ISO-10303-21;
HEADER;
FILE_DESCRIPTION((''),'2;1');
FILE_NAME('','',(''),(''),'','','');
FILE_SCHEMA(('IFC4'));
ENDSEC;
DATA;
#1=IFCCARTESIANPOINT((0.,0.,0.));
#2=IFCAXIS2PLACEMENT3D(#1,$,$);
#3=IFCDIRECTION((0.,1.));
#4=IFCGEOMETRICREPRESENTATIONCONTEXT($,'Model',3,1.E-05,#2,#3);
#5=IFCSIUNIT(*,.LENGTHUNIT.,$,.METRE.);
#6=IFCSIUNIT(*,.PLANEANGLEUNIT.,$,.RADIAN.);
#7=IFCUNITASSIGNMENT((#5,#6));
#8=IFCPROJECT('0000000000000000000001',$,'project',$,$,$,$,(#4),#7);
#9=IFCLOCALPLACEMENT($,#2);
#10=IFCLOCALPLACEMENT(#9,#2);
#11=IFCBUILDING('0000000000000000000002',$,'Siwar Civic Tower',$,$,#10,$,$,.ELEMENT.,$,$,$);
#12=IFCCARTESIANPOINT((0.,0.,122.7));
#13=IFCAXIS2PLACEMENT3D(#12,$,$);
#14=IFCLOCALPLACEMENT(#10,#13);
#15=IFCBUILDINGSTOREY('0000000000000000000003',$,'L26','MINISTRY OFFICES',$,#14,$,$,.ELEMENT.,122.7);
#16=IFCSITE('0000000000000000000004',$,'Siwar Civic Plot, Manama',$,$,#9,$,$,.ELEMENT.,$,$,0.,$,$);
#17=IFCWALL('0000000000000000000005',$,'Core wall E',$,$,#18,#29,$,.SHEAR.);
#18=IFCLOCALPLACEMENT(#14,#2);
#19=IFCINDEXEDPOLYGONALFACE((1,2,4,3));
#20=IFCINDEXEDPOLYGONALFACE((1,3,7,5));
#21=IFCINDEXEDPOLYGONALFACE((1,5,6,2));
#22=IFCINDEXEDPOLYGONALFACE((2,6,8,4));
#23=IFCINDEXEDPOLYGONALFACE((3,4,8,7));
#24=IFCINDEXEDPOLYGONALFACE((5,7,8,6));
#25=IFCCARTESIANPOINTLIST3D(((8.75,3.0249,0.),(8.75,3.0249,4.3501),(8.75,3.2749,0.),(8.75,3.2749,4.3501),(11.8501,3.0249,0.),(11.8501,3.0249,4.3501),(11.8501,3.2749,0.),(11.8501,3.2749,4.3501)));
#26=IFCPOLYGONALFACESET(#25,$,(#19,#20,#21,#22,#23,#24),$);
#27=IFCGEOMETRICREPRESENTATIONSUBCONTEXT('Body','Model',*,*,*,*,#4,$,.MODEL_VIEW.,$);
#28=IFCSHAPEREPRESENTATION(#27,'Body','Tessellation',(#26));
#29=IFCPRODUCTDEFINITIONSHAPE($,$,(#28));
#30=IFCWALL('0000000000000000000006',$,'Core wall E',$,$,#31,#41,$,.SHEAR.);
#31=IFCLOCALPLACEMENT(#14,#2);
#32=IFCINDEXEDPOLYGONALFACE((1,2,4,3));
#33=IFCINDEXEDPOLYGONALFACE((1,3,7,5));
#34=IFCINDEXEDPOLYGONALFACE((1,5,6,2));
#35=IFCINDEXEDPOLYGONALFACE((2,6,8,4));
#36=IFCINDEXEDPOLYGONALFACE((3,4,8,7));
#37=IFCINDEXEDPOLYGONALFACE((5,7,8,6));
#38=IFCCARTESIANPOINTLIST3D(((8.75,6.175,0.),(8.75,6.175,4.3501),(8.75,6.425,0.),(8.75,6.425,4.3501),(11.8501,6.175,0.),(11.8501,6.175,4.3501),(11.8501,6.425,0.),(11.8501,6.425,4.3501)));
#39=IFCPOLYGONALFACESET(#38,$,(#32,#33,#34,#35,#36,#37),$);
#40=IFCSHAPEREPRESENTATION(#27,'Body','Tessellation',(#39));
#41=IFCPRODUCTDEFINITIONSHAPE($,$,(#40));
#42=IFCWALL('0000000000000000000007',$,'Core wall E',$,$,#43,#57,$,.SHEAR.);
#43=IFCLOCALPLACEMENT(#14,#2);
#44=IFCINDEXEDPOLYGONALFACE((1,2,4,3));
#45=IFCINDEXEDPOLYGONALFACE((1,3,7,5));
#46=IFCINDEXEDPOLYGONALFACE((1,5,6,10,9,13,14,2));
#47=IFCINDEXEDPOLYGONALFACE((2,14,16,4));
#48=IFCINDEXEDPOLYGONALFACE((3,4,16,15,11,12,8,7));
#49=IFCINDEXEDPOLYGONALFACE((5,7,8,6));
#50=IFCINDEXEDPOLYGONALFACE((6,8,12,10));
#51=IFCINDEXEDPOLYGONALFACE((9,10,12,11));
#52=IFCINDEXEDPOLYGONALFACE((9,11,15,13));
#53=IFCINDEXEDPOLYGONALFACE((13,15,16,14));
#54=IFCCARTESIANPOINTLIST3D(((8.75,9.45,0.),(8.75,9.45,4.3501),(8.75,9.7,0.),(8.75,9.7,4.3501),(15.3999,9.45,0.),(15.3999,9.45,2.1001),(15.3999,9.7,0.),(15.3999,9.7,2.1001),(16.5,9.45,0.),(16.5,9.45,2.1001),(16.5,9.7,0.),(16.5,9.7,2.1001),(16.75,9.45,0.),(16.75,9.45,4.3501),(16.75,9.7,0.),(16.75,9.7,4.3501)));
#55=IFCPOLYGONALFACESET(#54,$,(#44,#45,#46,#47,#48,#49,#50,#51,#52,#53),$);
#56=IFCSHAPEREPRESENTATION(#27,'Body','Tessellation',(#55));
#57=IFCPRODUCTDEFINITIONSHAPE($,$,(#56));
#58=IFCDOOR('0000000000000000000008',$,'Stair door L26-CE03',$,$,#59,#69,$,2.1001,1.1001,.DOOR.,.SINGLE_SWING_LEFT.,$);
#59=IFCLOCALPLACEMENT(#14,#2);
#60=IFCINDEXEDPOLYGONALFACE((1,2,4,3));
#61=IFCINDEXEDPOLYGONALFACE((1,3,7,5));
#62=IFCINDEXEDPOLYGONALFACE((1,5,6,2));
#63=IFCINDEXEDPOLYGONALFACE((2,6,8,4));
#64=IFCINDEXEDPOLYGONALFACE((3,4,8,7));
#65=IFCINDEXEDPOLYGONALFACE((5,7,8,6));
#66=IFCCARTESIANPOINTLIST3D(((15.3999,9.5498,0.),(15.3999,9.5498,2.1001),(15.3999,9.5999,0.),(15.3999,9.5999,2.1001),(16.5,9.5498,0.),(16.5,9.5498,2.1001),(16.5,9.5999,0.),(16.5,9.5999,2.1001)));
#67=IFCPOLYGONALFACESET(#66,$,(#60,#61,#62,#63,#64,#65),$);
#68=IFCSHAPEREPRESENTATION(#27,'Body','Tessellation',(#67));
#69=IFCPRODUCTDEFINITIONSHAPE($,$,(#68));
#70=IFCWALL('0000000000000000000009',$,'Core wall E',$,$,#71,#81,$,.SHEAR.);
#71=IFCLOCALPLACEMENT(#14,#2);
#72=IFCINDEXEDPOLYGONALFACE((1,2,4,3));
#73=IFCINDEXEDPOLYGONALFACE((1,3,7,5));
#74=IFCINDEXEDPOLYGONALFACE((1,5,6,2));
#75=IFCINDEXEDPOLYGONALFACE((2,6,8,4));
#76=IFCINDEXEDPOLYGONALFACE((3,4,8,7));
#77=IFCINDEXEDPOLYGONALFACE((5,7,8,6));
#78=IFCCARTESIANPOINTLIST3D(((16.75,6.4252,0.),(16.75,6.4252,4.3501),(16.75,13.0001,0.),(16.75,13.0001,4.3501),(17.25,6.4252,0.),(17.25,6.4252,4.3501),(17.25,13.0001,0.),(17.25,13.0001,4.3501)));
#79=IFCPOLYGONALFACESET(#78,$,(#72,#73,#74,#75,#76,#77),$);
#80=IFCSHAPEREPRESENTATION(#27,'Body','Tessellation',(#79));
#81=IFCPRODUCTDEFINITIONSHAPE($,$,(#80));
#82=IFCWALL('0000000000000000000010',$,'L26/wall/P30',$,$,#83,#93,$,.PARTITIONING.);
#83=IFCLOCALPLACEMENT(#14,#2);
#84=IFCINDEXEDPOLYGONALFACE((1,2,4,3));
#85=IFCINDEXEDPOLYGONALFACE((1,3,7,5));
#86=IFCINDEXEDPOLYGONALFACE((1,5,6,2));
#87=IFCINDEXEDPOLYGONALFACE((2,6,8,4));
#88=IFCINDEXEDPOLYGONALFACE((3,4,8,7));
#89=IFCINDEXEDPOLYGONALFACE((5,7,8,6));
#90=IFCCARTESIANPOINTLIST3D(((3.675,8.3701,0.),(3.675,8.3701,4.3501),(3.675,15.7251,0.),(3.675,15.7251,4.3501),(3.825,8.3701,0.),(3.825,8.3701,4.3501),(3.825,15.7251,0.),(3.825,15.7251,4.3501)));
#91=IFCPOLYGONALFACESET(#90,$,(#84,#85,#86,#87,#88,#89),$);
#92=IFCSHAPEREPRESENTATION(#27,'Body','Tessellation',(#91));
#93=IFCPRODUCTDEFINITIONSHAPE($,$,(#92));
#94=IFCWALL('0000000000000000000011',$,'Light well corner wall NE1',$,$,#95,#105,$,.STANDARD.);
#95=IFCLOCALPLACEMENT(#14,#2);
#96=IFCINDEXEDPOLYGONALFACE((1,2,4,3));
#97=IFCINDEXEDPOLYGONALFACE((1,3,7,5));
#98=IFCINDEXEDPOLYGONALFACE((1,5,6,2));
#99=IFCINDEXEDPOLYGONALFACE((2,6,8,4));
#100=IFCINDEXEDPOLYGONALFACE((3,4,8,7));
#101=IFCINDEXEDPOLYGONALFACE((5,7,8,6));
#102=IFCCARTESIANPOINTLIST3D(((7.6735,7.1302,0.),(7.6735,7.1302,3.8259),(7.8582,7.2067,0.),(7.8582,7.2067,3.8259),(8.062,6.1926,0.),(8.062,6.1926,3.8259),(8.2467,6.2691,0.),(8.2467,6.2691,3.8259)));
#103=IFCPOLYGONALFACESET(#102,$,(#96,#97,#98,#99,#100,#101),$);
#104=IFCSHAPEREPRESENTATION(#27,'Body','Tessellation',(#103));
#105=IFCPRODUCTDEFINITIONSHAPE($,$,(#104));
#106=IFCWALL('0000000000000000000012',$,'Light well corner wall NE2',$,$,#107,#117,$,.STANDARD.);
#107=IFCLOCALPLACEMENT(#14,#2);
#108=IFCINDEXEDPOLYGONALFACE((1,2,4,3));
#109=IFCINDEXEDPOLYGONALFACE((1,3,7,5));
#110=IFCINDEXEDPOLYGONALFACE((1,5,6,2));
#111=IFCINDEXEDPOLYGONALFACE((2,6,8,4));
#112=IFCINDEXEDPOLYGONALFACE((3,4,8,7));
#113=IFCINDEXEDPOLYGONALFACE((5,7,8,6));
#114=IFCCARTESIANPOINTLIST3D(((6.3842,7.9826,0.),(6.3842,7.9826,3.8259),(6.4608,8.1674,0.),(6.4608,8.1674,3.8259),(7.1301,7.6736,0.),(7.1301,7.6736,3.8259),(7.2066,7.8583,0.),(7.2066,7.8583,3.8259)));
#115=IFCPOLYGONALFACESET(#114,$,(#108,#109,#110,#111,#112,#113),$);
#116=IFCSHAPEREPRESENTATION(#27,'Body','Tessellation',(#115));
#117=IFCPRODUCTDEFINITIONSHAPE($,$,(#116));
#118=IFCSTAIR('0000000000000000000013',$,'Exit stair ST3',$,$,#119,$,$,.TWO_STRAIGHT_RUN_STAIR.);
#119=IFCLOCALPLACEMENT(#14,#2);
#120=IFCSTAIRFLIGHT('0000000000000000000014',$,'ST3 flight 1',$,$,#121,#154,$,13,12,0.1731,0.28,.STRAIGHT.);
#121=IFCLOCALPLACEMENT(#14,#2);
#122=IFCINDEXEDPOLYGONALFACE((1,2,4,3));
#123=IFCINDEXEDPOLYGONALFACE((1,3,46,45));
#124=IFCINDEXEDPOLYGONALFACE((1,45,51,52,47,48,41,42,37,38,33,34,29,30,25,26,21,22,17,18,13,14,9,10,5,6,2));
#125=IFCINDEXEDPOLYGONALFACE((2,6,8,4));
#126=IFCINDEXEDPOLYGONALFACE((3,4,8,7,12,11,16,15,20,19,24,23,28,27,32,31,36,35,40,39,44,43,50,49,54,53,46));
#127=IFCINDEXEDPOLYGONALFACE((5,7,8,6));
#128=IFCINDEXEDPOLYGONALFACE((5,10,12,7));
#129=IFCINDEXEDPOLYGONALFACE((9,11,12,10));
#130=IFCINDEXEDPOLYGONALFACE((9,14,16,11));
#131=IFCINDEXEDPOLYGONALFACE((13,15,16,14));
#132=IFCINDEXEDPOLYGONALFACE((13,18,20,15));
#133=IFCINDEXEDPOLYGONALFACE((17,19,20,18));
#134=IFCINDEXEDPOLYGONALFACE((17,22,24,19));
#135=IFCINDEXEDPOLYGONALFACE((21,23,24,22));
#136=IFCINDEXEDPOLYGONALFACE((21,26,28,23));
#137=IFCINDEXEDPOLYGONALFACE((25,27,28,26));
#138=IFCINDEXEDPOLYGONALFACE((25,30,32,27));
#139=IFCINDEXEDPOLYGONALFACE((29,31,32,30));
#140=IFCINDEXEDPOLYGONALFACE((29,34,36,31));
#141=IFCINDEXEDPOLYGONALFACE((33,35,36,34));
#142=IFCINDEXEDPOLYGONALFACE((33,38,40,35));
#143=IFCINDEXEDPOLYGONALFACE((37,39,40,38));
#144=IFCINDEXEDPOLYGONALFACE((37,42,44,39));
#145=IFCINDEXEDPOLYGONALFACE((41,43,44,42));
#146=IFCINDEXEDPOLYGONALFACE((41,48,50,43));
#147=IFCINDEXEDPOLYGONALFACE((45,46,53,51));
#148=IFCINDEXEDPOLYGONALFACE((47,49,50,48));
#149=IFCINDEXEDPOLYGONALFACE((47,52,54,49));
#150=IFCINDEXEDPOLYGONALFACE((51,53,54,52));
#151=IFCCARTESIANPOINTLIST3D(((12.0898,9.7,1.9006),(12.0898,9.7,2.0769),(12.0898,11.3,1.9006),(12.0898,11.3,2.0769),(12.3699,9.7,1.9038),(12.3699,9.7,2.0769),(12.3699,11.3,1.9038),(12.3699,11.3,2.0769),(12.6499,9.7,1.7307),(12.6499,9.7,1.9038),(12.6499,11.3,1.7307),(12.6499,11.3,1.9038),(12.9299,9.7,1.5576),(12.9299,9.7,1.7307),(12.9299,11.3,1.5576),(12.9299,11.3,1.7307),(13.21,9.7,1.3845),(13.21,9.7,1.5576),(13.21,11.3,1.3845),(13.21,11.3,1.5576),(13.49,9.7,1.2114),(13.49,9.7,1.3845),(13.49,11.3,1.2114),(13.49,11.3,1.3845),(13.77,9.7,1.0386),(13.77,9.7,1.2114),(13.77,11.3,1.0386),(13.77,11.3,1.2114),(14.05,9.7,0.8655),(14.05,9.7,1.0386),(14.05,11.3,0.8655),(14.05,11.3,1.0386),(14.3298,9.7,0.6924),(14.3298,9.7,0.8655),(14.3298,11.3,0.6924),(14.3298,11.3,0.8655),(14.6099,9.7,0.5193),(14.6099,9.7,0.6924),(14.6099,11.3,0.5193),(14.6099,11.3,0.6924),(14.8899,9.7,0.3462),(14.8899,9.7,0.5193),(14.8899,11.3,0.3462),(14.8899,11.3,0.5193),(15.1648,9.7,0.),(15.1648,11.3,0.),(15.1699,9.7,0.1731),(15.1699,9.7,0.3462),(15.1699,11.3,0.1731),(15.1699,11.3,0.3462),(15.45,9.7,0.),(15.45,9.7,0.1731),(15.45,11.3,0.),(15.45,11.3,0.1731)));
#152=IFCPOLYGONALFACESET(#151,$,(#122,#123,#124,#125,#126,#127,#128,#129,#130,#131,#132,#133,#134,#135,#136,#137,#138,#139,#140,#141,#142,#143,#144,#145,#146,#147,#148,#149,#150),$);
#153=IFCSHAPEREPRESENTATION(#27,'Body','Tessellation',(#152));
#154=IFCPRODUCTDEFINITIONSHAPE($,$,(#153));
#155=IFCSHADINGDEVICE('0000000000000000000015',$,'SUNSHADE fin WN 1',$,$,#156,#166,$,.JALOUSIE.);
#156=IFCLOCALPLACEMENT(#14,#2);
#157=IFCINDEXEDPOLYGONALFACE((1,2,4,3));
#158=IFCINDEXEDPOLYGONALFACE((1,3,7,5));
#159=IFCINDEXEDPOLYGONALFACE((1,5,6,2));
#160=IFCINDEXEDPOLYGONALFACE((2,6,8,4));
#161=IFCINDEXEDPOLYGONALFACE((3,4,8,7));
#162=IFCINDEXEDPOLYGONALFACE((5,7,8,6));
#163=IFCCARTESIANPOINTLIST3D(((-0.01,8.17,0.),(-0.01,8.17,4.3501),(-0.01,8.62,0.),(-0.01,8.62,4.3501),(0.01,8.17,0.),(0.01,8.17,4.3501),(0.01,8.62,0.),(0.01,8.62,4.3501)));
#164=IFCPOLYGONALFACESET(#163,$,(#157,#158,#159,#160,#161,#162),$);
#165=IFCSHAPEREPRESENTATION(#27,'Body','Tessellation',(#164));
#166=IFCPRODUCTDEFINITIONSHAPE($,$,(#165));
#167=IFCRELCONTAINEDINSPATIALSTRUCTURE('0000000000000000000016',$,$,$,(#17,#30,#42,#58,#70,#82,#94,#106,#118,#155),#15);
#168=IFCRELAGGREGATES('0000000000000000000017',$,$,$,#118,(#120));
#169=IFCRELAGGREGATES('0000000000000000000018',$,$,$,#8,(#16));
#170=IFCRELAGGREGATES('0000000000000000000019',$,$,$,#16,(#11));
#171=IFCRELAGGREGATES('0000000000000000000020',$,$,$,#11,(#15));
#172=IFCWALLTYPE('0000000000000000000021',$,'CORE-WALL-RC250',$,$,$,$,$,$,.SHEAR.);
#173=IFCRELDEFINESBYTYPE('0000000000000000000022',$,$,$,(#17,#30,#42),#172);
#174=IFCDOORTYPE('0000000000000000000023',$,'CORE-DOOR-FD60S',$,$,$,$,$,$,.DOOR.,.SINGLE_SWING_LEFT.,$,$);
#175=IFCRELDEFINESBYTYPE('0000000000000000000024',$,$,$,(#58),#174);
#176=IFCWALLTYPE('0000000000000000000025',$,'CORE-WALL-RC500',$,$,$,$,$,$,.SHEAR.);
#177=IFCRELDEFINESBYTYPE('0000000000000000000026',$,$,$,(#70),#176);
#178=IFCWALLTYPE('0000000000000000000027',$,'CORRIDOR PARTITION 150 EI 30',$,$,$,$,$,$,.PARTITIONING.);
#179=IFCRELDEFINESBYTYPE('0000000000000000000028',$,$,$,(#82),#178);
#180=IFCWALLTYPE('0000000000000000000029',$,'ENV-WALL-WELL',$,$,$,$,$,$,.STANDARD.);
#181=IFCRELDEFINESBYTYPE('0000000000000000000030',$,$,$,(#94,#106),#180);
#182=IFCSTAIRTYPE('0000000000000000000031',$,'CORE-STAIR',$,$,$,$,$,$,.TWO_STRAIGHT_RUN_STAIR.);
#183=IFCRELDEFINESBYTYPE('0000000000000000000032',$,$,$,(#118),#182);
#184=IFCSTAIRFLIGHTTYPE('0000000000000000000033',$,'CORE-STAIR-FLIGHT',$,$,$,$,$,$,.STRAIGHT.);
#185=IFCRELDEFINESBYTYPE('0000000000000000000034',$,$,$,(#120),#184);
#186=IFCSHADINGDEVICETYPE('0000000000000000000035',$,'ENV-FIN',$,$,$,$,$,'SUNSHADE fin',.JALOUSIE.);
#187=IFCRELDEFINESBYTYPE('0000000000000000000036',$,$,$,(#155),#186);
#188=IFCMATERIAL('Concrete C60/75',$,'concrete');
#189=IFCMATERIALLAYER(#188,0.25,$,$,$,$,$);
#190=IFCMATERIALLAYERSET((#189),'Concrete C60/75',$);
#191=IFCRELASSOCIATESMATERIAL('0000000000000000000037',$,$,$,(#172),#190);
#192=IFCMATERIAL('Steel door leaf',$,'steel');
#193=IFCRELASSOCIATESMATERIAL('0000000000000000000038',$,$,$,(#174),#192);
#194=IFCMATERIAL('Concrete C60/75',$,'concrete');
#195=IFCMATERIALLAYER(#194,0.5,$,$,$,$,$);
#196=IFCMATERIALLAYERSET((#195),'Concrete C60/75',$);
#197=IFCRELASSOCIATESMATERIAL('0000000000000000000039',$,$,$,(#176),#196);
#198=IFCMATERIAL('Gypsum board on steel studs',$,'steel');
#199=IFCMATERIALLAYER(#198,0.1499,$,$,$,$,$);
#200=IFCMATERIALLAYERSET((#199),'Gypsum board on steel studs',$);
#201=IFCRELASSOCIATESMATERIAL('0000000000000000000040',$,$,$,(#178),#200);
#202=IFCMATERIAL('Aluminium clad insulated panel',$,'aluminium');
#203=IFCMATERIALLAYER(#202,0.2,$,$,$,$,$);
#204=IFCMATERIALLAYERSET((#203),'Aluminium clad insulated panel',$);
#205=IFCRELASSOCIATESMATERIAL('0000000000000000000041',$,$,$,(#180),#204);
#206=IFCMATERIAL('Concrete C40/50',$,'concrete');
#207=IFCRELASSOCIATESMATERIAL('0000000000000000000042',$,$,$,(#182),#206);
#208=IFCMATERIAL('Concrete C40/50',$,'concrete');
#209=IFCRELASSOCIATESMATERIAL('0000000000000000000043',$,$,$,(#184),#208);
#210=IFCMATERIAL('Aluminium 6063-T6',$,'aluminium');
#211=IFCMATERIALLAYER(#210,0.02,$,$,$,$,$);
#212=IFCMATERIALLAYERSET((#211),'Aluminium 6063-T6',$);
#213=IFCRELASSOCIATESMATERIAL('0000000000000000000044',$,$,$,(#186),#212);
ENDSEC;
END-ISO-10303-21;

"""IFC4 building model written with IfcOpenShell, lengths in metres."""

from ifc_helpers import new_model, si_unit, direction, frame, frame_2d, origin, origin_2d, place, context, subcontext, project, spatial, polyline, rectangle, outline, extrude, material, layer, layer_set, type_object, element, fill, aggregate, save


model = new_model("IFC4")

# Units and contexts
model_context = context("Model", 3, precision=1e-05, world=origin(), true_north=direction((0.0, 1.0)))
body_context = subcontext(model_context, "Body", "Model", "MODEL_VIEW")
ifc_project = project(units=[si_unit("LENGTHUNIT", "METRE"), si_unit("PLANEANGLEUNIT", "RADIAN")], contexts=[model_context])

# Site, building, storey
site_placement = place(None, origin())
site = spatial("IfcSite", under=ifc_project, at=site_placement, Name="Siwar Civic Plot, Manama", CompositionType="ELEMENT", RefElevation=0.0)
building_placement = place(site_placement, origin())
building = spatial("IfcBuilding", under=site, at=building_placement, Name="Siwar Civic Tower", CompositionType="ELEMENT")
storey_placement = place(building_placement, frame((0.0, 0.0, 122.7)))
storey = spatial("IfcBuildingStorey", under=building, at=storey_placement, Name="L26", Description="MINISTRY OFFICES", CompositionType="ELEMENT", Elevation=122.7)

# Shared definitions
ifc_material_1 = material(Name="Concrete C60/75", Category="concrete")
ifc_layer_1 = layer(ifc_material_1, 0.25)
ifc_layer_set_1 = layer_set([ifc_layer_1], Name="Concrete C60/75")
wall_type_1 = type_object("IfcWallType", Name="CORE-WALL-RC250", PredefinedType="SHEAR", material=ifc_layer_set_1)

# Walls
for number, where, z_axis, x_axis, name in (
    (1, (8.75, 3.1499, 0.0), (0.0, 0.0, 1.0), (1.0, 0.0, 0.0), "Core wall E"),
    (2, (8.75, 6.3, 0.0), (0.0, 0.0, 1.0), (1.0, 0.0, 0.0), "Core wall E"),
):
    element("IfcWall", number, at=place(storey_placement, frame(where, z_axis=z_axis, x_axis=x_axis)), inside=storey, type_object=wall_type_1, Name=name, PredefinedType="SHEAR", context=body_context, shape_type="SweptSolid", body=[
        extrude(rectangle(XDim=3.1001, YDim=0.25, at=frame_2d((1.55, 0.0))), origin(), (0.0, 0.0, 1.0), 4.3501),
    ])

# Wall, opening, door
wall_1_placement = place(storey_placement, frame((8.75, 9.575, 0.0), z_axis=(0.0, 0.0, 1.0), x_axis=(1.0, 0.0, 0.0)))
wall_1 = element("IfcWall", 3, at=wall_1_placement, inside=storey, type_object=wall_type_1, Name="Core wall E", PredefinedType="SHEAR", context=body_context, shape_type="SweptSolid", body=[
    extrude(rectangle(XDim=8.0, YDim=0.25, at=frame_2d((4.0, 0.0))), origin(), (0.0, 0.0, 1.0), 4.3501),
])
opening_1_placement = place(wall_1_placement, frame((6.6499, 0.0, 0.0)))
opening_1 = element("IfcOpeningElement", 4, at=opening_1_placement, cuts=wall_1, PredefinedType="OPENING", context=body_context, shape_type="SweptSolid", body=[
    extrude(rectangle(XDim=1.1001, YDim=2.1001, at=frame_2d((0.55, 1.05))), frame((0.0, 0.135, 0.0), z_axis=(0.0, -1.0, 0.0), x_axis=(1.0, 0.0, 0.0)), (0.0, 0.0, 1.0), 0.27),
])
ifc_material_2 = material(Name="Steel door leaf", Category="steel")
door_type_1 = type_object("IfcDoorType", Name="CORE-DOOR-FD60S", OperationType="SINGLE_SWING_LEFT", PredefinedType="DOOR", material=ifc_material_2)
door_1_placement = place(opening_1_placement, origin())
door_1 = element("IfcDoor", 5, at=door_1_placement, inside=storey, type_object=door_type_1, Name="Stair door L26-CE03", OperationType="SINGLE_SWING_LEFT", OverallHeight=2.1001, OverallWidth=1.1001, PredefinedType="DOOR", context=body_context, shape_type="SweptSolid", body=[
    extrude(rectangle(XDim=1.1001, YDim=2.1001, at=frame_2d((0.55, 1.05))), frame((0.0, 0.0249, 0.0), z_axis=(0.0, -1.0, 0.0), x_axis=(1.0, 0.0, 0.0)), (0.0, 0.0, 1.0), 0.05),
])
fill(opening_1, door_1)

# Walls
ifc_material_3 = material(Name="Concrete C60/75", Category="concrete")
ifc_layer_2 = layer(ifc_material_3, 0.5)
ifc_layer_set_2 = layer_set([ifc_layer_2], Name="Concrete C60/75")
wall_type_2 = type_object("IfcWallType", Name="CORE-WALL-RC500", PredefinedType="SHEAR", material=ifc_layer_set_2)
wall_2_placement = place(storey_placement, frame((17.0, 6.425, 0.0), z_axis=(0.0, 0.0, 1.0), x_axis=(0.0, 1.0, 0.0)))
element("IfcWall", 6, at=wall_2_placement, inside=storey, type_object=wall_type_2, Name="Core wall E", PredefinedType="SHEAR", context=body_context, shape_type="SweptSolid", body=[
    extrude(rectangle(XDim=6.575, YDim=0.5, at=frame_2d((3.2876, 0.0))), origin(), (0.0, 0.0, 1.0), 4.3501),
])
ifc_material_4 = material(Name="Gypsum board on steel studs", Category="steel")
ifc_layer_3 = layer(ifc_material_4, 0.1499)
ifc_layer_set_3 = layer_set([ifc_layer_3], Name="Gypsum board on steel studs")
wall_type_3 = type_object("IfcWallType", Name="CORRIDOR PARTITION 150 EI 30", PredefinedType="PARTITIONING", material=ifc_layer_set_3)
wall_3_placement = place(storey_placement, frame((3.75, 8.3701, 0.0), z_axis=(0.0, 0.0, 1.0), x_axis=(0.0, 1.0, 0.0)))
element("IfcWall", 7, at=wall_3_placement, inside=storey, type_object=wall_type_3, Name="L26/wall/P30", PredefinedType="PARTITIONING", context=body_context, shape_type="SweptSolid", body=[
    extrude(rectangle(XDim=7.355, YDim=0.1499, at=frame_2d((3.6775, 0.0))), origin(), (0.0, 0.0, 1.0), 4.3501),
])
ifc_material_5 = material(Name="Aluminium clad insulated panel", Category="aluminium")
ifc_layer_4 = layer(ifc_material_5, 0.2)
ifc_layer_set_4 = layer_set([ifc_layer_4], Name="Aluminium clad insulated panel")
wall_type_4 = type_object("IfcWallType", Name="ENV-WALL-WELL", PredefinedType="STANDARD", material=ifc_layer_set_4)
wall_4_placement = place(storey_placement, frame((8.1543, 6.231, 0.0), z_axis=(0.0, 0.0, 1.0), x_axis=(-0.38277, 0.923844, 0.0)))
element("IfcWall", 8, at=wall_4_placement, inside=storey, type_object=wall_type_4, Name="Light well corner wall NE1", PredefinedType="STANDARD", context=body_context, shape_type="SweptSolid", body=[
    extrude(rectangle(XDim=1.0149, YDim=0.2, at=frame_2d((0.5073, 0.0))), origin(), (0.0, 0.0, 1.0), 3.8259),
])
wall_5_placement = place(storey_placement, frame((7.1685, 7.7659, 0.0), z_axis=(0.0, 0.0, 1.0), x_axis=(-0.923818, 0.382833, 0.0)))
element("IfcWall", 9, at=wall_5_placement, inside=storey, type_object=wall_type_4, Name="Light well corner wall NE2", PredefinedType="STANDARD", context=body_context, shape_type="SweptSolid", body=[
    extrude(rectangle(XDim=0.8074, YDim=0.2, at=frame_2d((0.4038, 0.0))), origin(), (0.0, 0.0, 1.0), 3.8259),
])

# Stair, stair flight
ifc_material_6 = material(Name="Concrete C40/50", Category="concrete")
stair_type = type_object("IfcStairType", Name="CORE-STAIR", PredefinedType="TWO_STRAIGHT_RUN_STAIR", material=ifc_material_6)
stair_placement = place(storey_placement, origin())
stair = element("IfcStair", 10, at=stair_placement, inside=storey, type_object=stair_type, Name="Exit stair ST3", PredefinedType="TWO_STRAIGHT_RUN_STAIR")
ifc_material_7 = material(Name="Concrete C40/50", Category="concrete")
stair_flight_type = type_object("IfcStairFlightType", Name="CORE-STAIR-FLIGHT", PredefinedType="STRAIGHT", material=ifc_material_7)
stair_flight_placement = place(storey_placement, frame((15.45, 10.5, 0.0), z_axis=(0.0, 0.0, 1.0), x_axis=(-1.0, 0.0, 0.0)))
stair_flight = element("IfcStairFlight", 11, at=stair_flight_placement, type_object=stair_flight_type, Name="ST3 flight 1", NumberOfRisers=13, NumberOfTreads=12, PredefinedType="STRAIGHT", RiserHeight=0.1731, TreadLength=0.28, context=body_context, shape_type="SweptSolid", body=[
    extrude(outline(polyline([(0.0, 0.0), (0.0, 0.1731), (0.28, 0.1731), (0.28, 0.3462), (0.5601, 0.3462), (0.5601, 0.5193), (0.8401, 0.5193), (0.8401, 0.6924), (1.1201, 0.6924), (1.1201, 0.8655), (1.3999, 0.8655), (1.3999, 1.0386), (1.6799, 1.0386), (1.6799, 1.2114), (1.96, 1.2114), (1.96, 1.3845), (2.24, 1.3845), (2.24, 1.5576), (2.52, 1.5576), (2.52, 1.7307), (2.8, 1.7307), (2.8, 1.9038), (3.0801, 1.9038), (3.0801, 2.0769), (3.3601, 2.0769), (3.3601, 2.25), (3.3601, 1.9006), (0.2852, 0.0), (0.0, 0.0)])), frame((0.0, 0.8, 0.0), z_axis=(0.0, -1.0, 0.0), x_axis=(1.0, 0.0, 0.0)), (0.0, 0.0, 1.0), 1.6001),
])
aggregate(stair, [stair_flight])

# Shading device
ifc_material_8 = material(Name="Aluminium 6063-T6", Category="aluminium")
ifc_layer_5 = layer(ifc_material_8, 0.02)
ifc_layer_set_5 = layer_set([ifc_layer_5], Name="Aluminium 6063-T6")
shading_device_type = type_object("IfcShadingDeviceType", Name="ENV-FIN", ElementType="SUNSHADE fin", PredefinedType="JALOUSIE", material=ifc_layer_set_5)
shading_device_placement = place(storey_placement, frame((0.0, 8.395, 0.0), z_axis=(0.0, 0.0, 1.0), x_axis=(-1.0, 0.0, 0.0)))
element("IfcShadingDevice", 12, at=shading_device_placement, inside=storey, type_object=shading_device_type, Name="SUNSHADE fin WN 1", PredefinedType="JALOUSIE", context=body_context, shape_type="SweptSolid", body=[
    extrude(rectangle(XDim=0.02, YDim=0.45, at=origin_2d()), origin(), (0.0, 0.0, 1.0), 4.3501),
])

save(model, "model.ifc")
